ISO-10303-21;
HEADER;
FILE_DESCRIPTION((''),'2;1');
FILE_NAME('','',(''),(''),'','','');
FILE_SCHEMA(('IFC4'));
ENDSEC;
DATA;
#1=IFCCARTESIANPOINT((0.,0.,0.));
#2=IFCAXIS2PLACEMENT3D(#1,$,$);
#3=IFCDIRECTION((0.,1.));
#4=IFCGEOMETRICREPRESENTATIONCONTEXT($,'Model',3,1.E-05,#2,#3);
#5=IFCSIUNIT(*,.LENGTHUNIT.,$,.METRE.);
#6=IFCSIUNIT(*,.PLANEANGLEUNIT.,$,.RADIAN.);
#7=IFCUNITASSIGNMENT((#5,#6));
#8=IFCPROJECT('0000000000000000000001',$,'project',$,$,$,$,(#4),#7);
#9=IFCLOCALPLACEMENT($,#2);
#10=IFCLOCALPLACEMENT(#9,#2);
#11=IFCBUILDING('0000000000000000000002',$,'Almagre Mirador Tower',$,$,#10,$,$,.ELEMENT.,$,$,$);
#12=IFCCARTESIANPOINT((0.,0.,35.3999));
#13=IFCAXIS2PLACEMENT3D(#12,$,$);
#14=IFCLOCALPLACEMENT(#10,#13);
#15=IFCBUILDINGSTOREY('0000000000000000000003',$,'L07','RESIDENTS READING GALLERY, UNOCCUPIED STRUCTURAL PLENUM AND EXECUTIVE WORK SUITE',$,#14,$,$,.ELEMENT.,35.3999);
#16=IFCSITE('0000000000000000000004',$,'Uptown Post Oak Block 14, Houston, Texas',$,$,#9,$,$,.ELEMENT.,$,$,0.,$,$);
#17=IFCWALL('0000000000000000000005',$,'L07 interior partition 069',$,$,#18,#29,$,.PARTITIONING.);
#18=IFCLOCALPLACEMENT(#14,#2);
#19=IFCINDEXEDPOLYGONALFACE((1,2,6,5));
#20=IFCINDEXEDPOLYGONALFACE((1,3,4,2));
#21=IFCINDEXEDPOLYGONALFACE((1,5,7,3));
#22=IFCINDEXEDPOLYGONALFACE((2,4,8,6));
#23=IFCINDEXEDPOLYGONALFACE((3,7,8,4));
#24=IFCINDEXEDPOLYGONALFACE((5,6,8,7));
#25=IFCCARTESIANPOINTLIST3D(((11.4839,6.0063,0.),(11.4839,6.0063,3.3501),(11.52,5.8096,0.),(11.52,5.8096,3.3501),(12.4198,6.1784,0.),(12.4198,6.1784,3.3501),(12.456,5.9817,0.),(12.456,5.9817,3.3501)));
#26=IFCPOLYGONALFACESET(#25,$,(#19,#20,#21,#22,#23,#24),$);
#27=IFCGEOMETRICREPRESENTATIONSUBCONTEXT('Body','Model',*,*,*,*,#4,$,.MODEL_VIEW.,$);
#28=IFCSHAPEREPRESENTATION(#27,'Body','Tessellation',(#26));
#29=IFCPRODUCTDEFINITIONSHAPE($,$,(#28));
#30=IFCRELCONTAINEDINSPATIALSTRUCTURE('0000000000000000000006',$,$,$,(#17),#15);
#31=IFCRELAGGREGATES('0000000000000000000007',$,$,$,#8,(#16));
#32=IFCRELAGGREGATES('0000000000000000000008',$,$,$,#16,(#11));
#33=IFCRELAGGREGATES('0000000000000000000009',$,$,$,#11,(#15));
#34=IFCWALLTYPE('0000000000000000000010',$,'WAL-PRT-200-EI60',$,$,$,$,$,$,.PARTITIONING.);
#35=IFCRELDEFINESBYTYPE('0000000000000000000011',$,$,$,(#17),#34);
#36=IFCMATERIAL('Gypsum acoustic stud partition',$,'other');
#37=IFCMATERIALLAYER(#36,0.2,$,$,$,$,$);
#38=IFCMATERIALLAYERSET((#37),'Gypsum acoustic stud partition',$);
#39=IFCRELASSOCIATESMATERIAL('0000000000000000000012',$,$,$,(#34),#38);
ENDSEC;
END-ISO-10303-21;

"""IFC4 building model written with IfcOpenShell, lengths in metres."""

from ifc_helpers import new_model, si_unit, direction, frame, frame_2d, origin, place, context, subcontext, project, spatial, rectangle, extrude, material, layer, layer_set, type_object, element, save


model = new_model("IFC4")

# Units and contexts
model_context = context("Model", 3, precision=1e-05, world=origin(), true_north=direction((0.0, 1.0)))
body_context = subcontext(model_context, "Body", "Model", "MODEL_VIEW")
ifc_project = project(units=[si_unit("LENGTHUNIT", "METRE"), si_unit("PLANEANGLEUNIT", "RADIAN")], contexts=[model_context])

# Site, building, storey
site_placement = place(None, origin())
site = spatial("IfcSite", under=ifc_project, at=site_placement, Name="Uptown Post Oak Block 14, Houston, Texas", CompositionType="ELEMENT", RefElevation=0.0)
building_placement = place(site_placement, origin())
building = spatial("IfcBuilding", under=site, at=building_placement, Name="Almagre Mirador Tower", CompositionType="ELEMENT")
storey_placement = place(building_placement, frame((0.0, 0.0, 35.3999)))
storey = spatial("IfcBuildingStorey", under=building, at=storey_placement, Name="L07", Description="RESIDENTS READING GALLERY, UNOCCUPIED STRUCTURAL PLENUM AND EXECUTIVE WORK SUITE", CompositionType="ELEMENT", Elevation=35.3999)

# Wall
ifc_material_1 = material(Name="Gypsum acoustic stud partition", Category="other")
ifc_layer_1 = layer(ifc_material_1, 0.2)
ifc_layer_set_1 = layer_set([ifc_layer_1], Name="Gypsum acoustic stud partition")
wall_type_1 = type_object("IfcWallType", Name="WAL-PRT-200-EI60", PredefinedType="PARTITIONING", material=ifc_layer_set_1)
wall_1_placement = place(storey_placement, frame((11.502, 5.908, 0.0), z_axis=(0.0, 0.0, 1.0), x_axis=(0.983511, 0.180849, 0.0)))
element("IfcWall", 1, at=wall_1_placement, inside=storey, type_object=wall_type_1, Name="L07 interior partition 069", PredefinedType="PARTITIONING", context=body_context, shape_type="SweptSolid", body=[
    extrude(rectangle(XDim=0.9517, YDim=0.2, at=frame_2d((0.4758, 0.0))), origin(), (0.0, 0.0, 1.0), 3.3501),
])

save(model, "model.ifc")
